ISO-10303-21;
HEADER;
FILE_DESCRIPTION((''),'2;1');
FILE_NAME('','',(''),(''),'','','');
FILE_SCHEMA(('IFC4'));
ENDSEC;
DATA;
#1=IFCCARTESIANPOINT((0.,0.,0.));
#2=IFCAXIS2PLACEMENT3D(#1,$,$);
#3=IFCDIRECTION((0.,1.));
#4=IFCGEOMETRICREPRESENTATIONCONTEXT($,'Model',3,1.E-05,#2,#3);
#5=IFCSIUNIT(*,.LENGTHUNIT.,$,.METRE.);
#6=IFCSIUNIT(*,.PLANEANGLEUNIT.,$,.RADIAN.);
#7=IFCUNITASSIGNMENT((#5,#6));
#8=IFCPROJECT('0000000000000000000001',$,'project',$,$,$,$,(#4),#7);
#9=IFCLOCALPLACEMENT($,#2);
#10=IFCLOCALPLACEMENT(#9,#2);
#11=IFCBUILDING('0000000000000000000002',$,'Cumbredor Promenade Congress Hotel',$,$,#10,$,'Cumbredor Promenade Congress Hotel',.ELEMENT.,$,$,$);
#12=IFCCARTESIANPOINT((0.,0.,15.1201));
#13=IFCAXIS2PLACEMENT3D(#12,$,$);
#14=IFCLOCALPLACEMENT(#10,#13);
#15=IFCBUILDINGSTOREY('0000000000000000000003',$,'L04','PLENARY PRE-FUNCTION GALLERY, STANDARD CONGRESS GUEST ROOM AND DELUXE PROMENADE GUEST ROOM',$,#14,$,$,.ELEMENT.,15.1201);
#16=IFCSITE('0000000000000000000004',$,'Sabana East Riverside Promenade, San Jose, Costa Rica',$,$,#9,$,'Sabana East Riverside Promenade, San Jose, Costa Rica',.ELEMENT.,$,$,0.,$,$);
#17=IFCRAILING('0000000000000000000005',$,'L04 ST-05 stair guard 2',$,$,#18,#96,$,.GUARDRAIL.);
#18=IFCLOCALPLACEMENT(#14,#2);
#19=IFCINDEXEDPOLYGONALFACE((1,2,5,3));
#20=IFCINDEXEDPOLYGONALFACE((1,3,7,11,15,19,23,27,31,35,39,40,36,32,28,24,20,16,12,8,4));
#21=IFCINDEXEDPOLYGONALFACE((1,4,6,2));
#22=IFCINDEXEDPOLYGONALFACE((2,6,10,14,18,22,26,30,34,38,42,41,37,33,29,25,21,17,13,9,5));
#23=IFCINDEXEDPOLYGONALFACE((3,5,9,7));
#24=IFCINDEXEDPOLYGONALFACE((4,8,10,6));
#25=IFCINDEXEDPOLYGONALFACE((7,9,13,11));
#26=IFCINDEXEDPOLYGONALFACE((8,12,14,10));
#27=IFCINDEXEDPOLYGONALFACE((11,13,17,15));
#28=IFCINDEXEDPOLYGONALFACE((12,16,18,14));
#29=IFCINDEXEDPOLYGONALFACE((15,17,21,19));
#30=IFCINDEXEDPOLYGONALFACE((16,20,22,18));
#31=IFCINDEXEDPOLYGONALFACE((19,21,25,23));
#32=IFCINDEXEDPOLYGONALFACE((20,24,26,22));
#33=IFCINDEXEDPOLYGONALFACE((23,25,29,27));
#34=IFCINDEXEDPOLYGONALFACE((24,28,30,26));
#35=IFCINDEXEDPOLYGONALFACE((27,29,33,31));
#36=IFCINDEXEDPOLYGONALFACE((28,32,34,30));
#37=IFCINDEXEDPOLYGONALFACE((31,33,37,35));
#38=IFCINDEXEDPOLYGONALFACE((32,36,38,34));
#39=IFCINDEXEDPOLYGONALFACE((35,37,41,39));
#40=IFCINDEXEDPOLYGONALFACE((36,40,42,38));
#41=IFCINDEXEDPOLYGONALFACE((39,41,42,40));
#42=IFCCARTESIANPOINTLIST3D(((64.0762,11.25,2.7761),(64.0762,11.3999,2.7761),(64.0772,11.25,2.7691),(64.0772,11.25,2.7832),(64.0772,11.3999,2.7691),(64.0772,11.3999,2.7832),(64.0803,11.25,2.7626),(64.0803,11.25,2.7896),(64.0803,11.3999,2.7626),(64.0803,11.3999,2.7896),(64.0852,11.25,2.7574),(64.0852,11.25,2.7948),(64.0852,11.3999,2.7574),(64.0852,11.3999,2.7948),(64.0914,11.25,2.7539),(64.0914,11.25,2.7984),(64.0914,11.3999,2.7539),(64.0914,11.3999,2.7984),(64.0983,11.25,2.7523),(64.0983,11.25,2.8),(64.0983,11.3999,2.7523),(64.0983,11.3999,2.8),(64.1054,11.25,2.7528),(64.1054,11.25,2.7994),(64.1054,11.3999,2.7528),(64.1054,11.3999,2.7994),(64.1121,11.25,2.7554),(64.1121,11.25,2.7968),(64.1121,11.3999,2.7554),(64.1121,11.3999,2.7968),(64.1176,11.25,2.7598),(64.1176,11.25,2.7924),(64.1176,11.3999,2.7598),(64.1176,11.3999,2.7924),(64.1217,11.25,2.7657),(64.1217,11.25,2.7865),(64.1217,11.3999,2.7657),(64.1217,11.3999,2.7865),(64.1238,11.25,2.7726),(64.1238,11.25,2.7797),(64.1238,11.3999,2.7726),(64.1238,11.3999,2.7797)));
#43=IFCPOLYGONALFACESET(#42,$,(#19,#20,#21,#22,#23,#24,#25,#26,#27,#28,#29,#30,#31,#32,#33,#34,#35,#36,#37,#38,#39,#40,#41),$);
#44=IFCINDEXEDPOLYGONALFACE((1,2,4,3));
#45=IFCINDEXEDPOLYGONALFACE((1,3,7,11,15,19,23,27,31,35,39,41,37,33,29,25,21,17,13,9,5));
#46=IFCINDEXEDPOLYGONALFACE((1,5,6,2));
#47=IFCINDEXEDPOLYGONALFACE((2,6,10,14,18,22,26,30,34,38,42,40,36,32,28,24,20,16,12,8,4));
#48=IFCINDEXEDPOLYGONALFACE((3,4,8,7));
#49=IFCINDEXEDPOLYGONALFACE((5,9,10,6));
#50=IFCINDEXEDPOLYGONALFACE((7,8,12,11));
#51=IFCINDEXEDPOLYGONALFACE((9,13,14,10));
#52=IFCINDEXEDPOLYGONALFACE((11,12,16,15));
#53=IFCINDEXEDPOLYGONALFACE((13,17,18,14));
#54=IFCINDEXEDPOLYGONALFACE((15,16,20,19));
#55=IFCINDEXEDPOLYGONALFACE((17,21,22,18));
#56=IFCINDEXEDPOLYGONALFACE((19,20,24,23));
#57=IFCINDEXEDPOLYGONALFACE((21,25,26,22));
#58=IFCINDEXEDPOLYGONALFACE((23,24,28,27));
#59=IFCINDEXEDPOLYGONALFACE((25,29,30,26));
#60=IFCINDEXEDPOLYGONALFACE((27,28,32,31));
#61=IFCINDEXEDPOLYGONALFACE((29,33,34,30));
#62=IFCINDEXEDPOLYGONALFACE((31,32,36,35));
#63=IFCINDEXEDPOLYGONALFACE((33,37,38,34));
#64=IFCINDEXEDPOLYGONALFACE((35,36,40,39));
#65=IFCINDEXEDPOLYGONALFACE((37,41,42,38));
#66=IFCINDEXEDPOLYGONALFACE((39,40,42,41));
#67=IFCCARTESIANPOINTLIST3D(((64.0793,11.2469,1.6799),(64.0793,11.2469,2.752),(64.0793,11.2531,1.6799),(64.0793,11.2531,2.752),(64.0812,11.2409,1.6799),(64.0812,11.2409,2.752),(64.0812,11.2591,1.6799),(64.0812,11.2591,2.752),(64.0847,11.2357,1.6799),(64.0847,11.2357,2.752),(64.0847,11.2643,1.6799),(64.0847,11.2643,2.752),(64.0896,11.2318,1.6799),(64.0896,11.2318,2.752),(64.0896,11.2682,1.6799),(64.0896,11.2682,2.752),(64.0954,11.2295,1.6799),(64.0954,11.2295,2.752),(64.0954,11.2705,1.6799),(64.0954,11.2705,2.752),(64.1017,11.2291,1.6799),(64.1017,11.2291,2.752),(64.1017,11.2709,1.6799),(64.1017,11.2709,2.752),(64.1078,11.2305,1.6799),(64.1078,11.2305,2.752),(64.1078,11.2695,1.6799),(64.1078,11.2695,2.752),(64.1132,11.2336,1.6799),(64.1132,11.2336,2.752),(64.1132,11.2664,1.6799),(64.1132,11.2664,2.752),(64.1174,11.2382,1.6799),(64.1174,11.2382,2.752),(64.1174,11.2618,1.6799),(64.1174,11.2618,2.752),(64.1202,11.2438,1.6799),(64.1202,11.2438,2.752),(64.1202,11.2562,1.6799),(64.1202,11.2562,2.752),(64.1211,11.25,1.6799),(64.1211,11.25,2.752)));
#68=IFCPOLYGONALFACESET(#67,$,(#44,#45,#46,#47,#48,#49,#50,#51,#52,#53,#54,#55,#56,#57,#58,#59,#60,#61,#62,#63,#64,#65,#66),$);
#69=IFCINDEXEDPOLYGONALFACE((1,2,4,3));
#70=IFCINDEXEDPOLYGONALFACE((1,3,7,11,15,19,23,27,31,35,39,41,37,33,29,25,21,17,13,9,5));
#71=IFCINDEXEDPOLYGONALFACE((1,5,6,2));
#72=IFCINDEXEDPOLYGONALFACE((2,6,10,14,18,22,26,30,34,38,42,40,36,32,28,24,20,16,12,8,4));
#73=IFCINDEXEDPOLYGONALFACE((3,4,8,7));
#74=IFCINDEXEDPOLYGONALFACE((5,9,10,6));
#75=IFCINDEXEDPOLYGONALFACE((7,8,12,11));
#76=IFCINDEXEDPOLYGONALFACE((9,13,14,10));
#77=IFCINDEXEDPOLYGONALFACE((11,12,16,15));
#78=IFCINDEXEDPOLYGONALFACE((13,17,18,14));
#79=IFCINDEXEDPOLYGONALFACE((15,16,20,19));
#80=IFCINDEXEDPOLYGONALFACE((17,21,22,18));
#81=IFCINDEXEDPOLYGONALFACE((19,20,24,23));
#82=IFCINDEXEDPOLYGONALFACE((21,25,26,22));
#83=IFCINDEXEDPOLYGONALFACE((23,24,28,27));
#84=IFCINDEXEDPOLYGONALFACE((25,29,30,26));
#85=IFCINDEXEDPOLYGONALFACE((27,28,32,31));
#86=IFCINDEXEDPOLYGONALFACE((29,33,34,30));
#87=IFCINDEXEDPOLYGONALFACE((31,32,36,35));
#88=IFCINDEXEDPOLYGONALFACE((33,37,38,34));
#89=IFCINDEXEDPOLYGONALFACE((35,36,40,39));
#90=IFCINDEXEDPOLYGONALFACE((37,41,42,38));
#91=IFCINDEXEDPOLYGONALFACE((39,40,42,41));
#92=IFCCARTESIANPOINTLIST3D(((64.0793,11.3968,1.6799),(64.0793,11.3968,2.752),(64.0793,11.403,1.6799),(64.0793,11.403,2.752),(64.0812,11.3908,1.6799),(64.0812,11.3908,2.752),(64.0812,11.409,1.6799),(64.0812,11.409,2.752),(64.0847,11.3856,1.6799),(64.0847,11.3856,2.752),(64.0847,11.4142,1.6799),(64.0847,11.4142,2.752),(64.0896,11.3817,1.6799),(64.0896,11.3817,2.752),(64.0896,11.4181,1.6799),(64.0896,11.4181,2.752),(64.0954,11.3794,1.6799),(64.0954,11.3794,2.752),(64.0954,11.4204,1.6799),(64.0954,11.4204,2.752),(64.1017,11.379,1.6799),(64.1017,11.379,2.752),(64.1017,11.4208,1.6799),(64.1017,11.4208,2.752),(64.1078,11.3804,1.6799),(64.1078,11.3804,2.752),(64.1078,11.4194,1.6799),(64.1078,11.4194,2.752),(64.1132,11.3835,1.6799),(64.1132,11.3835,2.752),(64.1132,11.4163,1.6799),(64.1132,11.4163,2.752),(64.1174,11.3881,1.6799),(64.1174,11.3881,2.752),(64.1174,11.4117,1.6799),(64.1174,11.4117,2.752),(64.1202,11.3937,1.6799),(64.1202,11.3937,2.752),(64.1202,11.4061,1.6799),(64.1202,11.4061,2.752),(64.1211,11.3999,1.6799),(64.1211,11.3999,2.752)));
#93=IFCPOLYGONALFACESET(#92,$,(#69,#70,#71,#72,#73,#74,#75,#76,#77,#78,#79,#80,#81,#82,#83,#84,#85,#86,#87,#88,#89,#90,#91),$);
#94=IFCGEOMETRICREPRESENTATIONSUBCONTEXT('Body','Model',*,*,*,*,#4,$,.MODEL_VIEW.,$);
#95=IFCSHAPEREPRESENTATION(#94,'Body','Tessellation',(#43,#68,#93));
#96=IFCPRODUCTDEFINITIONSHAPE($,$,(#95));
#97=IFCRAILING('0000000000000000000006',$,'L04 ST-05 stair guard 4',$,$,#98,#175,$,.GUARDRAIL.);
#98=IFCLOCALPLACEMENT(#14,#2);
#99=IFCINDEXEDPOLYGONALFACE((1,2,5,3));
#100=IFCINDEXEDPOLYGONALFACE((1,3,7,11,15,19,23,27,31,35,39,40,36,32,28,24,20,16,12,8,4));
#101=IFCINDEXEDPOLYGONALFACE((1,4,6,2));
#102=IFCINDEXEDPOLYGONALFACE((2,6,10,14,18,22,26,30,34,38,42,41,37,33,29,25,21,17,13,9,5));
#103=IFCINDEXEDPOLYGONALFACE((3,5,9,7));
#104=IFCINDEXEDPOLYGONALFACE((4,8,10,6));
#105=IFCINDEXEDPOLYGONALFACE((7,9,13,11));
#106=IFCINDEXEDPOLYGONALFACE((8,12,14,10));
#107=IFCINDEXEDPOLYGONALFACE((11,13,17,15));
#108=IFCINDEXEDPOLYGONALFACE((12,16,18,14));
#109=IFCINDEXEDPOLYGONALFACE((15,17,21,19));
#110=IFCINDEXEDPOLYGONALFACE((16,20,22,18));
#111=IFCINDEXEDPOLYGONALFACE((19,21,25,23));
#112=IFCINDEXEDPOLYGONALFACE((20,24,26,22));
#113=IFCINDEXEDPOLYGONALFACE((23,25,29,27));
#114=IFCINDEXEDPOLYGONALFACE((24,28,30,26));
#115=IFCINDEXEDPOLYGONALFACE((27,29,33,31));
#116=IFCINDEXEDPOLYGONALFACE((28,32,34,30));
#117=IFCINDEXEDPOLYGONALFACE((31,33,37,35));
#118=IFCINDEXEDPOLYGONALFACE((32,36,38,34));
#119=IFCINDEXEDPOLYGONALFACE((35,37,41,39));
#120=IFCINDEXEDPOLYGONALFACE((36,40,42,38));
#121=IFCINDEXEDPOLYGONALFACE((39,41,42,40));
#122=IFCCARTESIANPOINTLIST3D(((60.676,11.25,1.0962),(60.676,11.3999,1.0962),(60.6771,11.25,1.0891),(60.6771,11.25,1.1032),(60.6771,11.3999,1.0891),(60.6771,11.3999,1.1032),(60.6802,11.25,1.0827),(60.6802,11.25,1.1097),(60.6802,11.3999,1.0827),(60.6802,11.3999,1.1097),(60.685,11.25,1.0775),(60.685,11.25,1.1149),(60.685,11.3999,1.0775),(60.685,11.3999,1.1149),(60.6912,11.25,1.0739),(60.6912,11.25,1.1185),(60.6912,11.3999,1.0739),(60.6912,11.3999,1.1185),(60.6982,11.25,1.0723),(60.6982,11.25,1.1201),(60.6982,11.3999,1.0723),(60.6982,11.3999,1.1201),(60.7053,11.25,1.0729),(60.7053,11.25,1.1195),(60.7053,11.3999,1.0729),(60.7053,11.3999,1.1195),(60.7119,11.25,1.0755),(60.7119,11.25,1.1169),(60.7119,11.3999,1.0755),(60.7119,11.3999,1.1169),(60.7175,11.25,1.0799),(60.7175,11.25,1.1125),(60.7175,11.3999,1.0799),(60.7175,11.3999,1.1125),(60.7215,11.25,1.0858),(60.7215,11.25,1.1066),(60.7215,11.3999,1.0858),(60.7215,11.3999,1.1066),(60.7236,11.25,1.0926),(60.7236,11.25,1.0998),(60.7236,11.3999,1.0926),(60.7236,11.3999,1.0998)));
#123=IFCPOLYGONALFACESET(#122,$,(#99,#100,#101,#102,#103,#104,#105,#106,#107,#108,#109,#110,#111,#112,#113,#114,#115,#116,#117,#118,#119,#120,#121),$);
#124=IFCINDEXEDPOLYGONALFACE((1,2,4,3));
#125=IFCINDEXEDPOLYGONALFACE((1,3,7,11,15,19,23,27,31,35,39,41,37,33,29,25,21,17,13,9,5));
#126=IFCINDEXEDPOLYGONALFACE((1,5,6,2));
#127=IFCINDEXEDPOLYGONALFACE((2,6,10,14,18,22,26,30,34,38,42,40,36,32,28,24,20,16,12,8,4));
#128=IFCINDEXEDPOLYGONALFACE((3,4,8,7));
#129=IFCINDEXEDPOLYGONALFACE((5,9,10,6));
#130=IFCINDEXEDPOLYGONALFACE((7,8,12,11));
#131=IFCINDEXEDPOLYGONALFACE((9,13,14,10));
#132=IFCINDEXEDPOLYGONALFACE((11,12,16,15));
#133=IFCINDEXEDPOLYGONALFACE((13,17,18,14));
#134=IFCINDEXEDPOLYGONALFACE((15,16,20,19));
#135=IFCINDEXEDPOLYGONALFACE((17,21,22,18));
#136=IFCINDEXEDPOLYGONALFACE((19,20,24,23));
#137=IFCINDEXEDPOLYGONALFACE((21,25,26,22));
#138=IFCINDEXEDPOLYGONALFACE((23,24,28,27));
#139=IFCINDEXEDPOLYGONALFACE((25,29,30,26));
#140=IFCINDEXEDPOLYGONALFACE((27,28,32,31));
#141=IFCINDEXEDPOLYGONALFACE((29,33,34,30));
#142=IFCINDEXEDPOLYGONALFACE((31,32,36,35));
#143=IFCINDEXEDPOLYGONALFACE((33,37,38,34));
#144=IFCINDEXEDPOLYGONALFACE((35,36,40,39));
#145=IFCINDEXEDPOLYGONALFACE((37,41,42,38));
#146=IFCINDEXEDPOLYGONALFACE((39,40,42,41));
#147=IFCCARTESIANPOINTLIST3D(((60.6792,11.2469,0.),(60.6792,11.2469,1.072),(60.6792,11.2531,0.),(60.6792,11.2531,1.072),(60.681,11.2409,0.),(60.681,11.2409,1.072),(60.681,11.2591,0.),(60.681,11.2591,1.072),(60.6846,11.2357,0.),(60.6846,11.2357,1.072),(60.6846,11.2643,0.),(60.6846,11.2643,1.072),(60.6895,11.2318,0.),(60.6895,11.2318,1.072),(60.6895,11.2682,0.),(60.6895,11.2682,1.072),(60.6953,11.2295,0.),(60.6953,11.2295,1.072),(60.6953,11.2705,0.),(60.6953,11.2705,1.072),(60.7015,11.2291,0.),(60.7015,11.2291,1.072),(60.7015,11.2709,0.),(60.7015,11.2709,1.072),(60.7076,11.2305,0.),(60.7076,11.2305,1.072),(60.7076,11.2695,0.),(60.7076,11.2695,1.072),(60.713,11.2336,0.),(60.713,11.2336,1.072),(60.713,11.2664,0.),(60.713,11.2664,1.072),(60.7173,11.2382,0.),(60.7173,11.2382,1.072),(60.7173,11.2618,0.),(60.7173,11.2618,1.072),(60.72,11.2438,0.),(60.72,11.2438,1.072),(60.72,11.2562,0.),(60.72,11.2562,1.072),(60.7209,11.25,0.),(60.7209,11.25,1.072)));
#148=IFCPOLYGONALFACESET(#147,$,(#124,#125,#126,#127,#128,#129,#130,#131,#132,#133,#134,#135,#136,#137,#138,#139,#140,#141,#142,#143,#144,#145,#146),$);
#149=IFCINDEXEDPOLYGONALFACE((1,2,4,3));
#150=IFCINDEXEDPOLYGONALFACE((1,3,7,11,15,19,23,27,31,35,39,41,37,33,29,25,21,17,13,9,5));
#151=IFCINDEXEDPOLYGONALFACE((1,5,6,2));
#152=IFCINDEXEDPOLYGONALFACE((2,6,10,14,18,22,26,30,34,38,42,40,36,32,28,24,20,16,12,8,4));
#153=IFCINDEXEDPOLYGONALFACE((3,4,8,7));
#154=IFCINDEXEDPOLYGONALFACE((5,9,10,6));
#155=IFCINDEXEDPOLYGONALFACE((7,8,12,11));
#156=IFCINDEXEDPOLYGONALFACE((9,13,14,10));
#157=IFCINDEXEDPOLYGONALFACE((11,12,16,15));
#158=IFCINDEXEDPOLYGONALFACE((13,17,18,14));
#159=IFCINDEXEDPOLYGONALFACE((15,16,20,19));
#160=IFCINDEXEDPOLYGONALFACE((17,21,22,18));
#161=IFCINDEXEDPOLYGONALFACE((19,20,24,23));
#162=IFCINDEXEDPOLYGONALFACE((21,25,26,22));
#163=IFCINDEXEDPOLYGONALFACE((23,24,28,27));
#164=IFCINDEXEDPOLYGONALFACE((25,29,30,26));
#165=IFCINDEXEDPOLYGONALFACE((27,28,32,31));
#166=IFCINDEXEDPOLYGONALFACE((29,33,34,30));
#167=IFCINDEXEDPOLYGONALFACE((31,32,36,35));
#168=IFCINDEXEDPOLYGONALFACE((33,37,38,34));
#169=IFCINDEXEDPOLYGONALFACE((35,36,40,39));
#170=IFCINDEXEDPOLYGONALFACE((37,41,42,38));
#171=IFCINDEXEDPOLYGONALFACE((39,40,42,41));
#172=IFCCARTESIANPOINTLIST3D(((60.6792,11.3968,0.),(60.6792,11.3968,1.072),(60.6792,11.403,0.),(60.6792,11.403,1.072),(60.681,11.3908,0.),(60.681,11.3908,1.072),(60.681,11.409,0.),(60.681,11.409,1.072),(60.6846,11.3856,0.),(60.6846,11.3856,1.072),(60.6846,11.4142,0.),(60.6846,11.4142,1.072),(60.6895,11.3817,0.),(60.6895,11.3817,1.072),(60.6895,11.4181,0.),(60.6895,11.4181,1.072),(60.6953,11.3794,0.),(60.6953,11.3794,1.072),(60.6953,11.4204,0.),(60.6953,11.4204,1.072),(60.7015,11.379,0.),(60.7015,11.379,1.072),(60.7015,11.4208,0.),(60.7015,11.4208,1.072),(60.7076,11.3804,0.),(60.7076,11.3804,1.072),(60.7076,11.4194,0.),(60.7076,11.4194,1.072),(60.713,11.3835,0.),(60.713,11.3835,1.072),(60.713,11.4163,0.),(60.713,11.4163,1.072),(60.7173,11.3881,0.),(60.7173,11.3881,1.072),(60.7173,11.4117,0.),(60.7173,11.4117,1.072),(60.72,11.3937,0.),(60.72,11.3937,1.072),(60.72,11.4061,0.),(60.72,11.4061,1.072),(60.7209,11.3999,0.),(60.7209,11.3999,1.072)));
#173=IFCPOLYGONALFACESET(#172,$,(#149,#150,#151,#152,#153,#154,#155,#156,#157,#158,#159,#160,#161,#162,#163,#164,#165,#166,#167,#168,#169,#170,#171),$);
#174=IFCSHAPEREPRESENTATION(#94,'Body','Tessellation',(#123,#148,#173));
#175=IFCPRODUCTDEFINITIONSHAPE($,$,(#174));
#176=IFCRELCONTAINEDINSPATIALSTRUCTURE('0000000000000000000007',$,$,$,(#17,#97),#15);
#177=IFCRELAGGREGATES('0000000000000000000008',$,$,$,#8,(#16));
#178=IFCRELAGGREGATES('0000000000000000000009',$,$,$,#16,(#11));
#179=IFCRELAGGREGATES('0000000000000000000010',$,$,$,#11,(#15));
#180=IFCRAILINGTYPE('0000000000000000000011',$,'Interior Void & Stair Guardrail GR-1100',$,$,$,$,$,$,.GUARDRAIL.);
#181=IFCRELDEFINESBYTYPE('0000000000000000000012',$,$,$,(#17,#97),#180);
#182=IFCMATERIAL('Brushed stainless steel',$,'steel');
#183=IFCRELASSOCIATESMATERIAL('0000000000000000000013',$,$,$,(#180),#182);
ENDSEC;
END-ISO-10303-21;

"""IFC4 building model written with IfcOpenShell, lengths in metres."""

from ifc_helpers import new_model, si_unit, direction, frame, origin, origin_2d, place, context, subcontext, project, spatial, circle, extrude, material, type_object, element, save


model = new_model("IFC4")

# Units and contexts
model_context = context("Model", 3, precision=1e-05, world=origin(), true_north=direction((0.0, 1.0)))
body_context = subcontext(model_context, "Body", "Model", "MODEL_VIEW")
ifc_project = project(units=[si_unit("LENGTHUNIT", "METRE"), si_unit("PLANEANGLEUNIT", "RADIAN")], contexts=[model_context])

# Site, building, storey
site_placement = place(None, origin())
site = spatial("IfcSite", under=ifc_project, at=site_placement, Name="Sabana East Riverside Promenade, San Jose, Costa Rica", LongName="Sabana East Riverside Promenade, San Jose, Costa Rica", CompositionType="ELEMENT", RefElevation=0.0)
building_placement = place(site_placement, origin())
building = spatial("IfcBuilding", under=site, at=building_placement, Name="Cumbredor Promenade Congress Hotel", LongName="Cumbredor Promenade Congress Hotel", CompositionType="ELEMENT")
storey_placement = place(building_placement, frame((0.0, 0.0, 15.1201)))
storey = spatial("IfcBuildingStorey", under=building, at=storey_placement, Name="L04", Description="PLENARY PRE-FUNCTION GALLERY, STANDARD CONGRESS GUEST ROOM AND DELUXE PROMENADE GUEST ROOM", CompositionType="ELEMENT", Elevation=15.1201)

# Railings
ifc_material_1 = material(Name="Brushed stainless steel", Category="steel")
railing_type_1 = type_object("IfcRailingType", Name="Interior Void & Stair Guardrail GR-1100", PredefinedType="GUARDRAIL", material=ifc_material_1)
for number, where, name in (
    (1, (64.1001, 11.25, 1.6799), "L04 ST-05 stair guard 2"),
    (2, (60.7, 11.25, 0.0), "L04 ST-05 stair guard 4"),
):
    element("IfcRailing", number, at=place(storey_placement, frame(where)), inside=storey, type_object=railing_type_1, Name=name, PredefinedType="GUARDRAIL", context=body_context, shape_type="SweptSolid", body=[
        extrude(circle(Radius=0.0239, at=origin_2d()), frame((0.0, 0.0, 1.0962), z_axis=(0.0, 1.0, 0.0), x_axis=(-1.0, 0.0, 0.0)), (0.0, 0.0, 1.0), 0.1499),
        extrude(circle(Radius=0.021, at=origin_2d()), origin(), (0.0, 0.0, 1.0), 1.072),
        extrude(circle(Radius=0.021, at=origin_2d()), frame((0.0, 0.1499, 0.0)), (0.0, 0.0, 1.0), 1.072),
    ])

save(model, "model.ifc")
